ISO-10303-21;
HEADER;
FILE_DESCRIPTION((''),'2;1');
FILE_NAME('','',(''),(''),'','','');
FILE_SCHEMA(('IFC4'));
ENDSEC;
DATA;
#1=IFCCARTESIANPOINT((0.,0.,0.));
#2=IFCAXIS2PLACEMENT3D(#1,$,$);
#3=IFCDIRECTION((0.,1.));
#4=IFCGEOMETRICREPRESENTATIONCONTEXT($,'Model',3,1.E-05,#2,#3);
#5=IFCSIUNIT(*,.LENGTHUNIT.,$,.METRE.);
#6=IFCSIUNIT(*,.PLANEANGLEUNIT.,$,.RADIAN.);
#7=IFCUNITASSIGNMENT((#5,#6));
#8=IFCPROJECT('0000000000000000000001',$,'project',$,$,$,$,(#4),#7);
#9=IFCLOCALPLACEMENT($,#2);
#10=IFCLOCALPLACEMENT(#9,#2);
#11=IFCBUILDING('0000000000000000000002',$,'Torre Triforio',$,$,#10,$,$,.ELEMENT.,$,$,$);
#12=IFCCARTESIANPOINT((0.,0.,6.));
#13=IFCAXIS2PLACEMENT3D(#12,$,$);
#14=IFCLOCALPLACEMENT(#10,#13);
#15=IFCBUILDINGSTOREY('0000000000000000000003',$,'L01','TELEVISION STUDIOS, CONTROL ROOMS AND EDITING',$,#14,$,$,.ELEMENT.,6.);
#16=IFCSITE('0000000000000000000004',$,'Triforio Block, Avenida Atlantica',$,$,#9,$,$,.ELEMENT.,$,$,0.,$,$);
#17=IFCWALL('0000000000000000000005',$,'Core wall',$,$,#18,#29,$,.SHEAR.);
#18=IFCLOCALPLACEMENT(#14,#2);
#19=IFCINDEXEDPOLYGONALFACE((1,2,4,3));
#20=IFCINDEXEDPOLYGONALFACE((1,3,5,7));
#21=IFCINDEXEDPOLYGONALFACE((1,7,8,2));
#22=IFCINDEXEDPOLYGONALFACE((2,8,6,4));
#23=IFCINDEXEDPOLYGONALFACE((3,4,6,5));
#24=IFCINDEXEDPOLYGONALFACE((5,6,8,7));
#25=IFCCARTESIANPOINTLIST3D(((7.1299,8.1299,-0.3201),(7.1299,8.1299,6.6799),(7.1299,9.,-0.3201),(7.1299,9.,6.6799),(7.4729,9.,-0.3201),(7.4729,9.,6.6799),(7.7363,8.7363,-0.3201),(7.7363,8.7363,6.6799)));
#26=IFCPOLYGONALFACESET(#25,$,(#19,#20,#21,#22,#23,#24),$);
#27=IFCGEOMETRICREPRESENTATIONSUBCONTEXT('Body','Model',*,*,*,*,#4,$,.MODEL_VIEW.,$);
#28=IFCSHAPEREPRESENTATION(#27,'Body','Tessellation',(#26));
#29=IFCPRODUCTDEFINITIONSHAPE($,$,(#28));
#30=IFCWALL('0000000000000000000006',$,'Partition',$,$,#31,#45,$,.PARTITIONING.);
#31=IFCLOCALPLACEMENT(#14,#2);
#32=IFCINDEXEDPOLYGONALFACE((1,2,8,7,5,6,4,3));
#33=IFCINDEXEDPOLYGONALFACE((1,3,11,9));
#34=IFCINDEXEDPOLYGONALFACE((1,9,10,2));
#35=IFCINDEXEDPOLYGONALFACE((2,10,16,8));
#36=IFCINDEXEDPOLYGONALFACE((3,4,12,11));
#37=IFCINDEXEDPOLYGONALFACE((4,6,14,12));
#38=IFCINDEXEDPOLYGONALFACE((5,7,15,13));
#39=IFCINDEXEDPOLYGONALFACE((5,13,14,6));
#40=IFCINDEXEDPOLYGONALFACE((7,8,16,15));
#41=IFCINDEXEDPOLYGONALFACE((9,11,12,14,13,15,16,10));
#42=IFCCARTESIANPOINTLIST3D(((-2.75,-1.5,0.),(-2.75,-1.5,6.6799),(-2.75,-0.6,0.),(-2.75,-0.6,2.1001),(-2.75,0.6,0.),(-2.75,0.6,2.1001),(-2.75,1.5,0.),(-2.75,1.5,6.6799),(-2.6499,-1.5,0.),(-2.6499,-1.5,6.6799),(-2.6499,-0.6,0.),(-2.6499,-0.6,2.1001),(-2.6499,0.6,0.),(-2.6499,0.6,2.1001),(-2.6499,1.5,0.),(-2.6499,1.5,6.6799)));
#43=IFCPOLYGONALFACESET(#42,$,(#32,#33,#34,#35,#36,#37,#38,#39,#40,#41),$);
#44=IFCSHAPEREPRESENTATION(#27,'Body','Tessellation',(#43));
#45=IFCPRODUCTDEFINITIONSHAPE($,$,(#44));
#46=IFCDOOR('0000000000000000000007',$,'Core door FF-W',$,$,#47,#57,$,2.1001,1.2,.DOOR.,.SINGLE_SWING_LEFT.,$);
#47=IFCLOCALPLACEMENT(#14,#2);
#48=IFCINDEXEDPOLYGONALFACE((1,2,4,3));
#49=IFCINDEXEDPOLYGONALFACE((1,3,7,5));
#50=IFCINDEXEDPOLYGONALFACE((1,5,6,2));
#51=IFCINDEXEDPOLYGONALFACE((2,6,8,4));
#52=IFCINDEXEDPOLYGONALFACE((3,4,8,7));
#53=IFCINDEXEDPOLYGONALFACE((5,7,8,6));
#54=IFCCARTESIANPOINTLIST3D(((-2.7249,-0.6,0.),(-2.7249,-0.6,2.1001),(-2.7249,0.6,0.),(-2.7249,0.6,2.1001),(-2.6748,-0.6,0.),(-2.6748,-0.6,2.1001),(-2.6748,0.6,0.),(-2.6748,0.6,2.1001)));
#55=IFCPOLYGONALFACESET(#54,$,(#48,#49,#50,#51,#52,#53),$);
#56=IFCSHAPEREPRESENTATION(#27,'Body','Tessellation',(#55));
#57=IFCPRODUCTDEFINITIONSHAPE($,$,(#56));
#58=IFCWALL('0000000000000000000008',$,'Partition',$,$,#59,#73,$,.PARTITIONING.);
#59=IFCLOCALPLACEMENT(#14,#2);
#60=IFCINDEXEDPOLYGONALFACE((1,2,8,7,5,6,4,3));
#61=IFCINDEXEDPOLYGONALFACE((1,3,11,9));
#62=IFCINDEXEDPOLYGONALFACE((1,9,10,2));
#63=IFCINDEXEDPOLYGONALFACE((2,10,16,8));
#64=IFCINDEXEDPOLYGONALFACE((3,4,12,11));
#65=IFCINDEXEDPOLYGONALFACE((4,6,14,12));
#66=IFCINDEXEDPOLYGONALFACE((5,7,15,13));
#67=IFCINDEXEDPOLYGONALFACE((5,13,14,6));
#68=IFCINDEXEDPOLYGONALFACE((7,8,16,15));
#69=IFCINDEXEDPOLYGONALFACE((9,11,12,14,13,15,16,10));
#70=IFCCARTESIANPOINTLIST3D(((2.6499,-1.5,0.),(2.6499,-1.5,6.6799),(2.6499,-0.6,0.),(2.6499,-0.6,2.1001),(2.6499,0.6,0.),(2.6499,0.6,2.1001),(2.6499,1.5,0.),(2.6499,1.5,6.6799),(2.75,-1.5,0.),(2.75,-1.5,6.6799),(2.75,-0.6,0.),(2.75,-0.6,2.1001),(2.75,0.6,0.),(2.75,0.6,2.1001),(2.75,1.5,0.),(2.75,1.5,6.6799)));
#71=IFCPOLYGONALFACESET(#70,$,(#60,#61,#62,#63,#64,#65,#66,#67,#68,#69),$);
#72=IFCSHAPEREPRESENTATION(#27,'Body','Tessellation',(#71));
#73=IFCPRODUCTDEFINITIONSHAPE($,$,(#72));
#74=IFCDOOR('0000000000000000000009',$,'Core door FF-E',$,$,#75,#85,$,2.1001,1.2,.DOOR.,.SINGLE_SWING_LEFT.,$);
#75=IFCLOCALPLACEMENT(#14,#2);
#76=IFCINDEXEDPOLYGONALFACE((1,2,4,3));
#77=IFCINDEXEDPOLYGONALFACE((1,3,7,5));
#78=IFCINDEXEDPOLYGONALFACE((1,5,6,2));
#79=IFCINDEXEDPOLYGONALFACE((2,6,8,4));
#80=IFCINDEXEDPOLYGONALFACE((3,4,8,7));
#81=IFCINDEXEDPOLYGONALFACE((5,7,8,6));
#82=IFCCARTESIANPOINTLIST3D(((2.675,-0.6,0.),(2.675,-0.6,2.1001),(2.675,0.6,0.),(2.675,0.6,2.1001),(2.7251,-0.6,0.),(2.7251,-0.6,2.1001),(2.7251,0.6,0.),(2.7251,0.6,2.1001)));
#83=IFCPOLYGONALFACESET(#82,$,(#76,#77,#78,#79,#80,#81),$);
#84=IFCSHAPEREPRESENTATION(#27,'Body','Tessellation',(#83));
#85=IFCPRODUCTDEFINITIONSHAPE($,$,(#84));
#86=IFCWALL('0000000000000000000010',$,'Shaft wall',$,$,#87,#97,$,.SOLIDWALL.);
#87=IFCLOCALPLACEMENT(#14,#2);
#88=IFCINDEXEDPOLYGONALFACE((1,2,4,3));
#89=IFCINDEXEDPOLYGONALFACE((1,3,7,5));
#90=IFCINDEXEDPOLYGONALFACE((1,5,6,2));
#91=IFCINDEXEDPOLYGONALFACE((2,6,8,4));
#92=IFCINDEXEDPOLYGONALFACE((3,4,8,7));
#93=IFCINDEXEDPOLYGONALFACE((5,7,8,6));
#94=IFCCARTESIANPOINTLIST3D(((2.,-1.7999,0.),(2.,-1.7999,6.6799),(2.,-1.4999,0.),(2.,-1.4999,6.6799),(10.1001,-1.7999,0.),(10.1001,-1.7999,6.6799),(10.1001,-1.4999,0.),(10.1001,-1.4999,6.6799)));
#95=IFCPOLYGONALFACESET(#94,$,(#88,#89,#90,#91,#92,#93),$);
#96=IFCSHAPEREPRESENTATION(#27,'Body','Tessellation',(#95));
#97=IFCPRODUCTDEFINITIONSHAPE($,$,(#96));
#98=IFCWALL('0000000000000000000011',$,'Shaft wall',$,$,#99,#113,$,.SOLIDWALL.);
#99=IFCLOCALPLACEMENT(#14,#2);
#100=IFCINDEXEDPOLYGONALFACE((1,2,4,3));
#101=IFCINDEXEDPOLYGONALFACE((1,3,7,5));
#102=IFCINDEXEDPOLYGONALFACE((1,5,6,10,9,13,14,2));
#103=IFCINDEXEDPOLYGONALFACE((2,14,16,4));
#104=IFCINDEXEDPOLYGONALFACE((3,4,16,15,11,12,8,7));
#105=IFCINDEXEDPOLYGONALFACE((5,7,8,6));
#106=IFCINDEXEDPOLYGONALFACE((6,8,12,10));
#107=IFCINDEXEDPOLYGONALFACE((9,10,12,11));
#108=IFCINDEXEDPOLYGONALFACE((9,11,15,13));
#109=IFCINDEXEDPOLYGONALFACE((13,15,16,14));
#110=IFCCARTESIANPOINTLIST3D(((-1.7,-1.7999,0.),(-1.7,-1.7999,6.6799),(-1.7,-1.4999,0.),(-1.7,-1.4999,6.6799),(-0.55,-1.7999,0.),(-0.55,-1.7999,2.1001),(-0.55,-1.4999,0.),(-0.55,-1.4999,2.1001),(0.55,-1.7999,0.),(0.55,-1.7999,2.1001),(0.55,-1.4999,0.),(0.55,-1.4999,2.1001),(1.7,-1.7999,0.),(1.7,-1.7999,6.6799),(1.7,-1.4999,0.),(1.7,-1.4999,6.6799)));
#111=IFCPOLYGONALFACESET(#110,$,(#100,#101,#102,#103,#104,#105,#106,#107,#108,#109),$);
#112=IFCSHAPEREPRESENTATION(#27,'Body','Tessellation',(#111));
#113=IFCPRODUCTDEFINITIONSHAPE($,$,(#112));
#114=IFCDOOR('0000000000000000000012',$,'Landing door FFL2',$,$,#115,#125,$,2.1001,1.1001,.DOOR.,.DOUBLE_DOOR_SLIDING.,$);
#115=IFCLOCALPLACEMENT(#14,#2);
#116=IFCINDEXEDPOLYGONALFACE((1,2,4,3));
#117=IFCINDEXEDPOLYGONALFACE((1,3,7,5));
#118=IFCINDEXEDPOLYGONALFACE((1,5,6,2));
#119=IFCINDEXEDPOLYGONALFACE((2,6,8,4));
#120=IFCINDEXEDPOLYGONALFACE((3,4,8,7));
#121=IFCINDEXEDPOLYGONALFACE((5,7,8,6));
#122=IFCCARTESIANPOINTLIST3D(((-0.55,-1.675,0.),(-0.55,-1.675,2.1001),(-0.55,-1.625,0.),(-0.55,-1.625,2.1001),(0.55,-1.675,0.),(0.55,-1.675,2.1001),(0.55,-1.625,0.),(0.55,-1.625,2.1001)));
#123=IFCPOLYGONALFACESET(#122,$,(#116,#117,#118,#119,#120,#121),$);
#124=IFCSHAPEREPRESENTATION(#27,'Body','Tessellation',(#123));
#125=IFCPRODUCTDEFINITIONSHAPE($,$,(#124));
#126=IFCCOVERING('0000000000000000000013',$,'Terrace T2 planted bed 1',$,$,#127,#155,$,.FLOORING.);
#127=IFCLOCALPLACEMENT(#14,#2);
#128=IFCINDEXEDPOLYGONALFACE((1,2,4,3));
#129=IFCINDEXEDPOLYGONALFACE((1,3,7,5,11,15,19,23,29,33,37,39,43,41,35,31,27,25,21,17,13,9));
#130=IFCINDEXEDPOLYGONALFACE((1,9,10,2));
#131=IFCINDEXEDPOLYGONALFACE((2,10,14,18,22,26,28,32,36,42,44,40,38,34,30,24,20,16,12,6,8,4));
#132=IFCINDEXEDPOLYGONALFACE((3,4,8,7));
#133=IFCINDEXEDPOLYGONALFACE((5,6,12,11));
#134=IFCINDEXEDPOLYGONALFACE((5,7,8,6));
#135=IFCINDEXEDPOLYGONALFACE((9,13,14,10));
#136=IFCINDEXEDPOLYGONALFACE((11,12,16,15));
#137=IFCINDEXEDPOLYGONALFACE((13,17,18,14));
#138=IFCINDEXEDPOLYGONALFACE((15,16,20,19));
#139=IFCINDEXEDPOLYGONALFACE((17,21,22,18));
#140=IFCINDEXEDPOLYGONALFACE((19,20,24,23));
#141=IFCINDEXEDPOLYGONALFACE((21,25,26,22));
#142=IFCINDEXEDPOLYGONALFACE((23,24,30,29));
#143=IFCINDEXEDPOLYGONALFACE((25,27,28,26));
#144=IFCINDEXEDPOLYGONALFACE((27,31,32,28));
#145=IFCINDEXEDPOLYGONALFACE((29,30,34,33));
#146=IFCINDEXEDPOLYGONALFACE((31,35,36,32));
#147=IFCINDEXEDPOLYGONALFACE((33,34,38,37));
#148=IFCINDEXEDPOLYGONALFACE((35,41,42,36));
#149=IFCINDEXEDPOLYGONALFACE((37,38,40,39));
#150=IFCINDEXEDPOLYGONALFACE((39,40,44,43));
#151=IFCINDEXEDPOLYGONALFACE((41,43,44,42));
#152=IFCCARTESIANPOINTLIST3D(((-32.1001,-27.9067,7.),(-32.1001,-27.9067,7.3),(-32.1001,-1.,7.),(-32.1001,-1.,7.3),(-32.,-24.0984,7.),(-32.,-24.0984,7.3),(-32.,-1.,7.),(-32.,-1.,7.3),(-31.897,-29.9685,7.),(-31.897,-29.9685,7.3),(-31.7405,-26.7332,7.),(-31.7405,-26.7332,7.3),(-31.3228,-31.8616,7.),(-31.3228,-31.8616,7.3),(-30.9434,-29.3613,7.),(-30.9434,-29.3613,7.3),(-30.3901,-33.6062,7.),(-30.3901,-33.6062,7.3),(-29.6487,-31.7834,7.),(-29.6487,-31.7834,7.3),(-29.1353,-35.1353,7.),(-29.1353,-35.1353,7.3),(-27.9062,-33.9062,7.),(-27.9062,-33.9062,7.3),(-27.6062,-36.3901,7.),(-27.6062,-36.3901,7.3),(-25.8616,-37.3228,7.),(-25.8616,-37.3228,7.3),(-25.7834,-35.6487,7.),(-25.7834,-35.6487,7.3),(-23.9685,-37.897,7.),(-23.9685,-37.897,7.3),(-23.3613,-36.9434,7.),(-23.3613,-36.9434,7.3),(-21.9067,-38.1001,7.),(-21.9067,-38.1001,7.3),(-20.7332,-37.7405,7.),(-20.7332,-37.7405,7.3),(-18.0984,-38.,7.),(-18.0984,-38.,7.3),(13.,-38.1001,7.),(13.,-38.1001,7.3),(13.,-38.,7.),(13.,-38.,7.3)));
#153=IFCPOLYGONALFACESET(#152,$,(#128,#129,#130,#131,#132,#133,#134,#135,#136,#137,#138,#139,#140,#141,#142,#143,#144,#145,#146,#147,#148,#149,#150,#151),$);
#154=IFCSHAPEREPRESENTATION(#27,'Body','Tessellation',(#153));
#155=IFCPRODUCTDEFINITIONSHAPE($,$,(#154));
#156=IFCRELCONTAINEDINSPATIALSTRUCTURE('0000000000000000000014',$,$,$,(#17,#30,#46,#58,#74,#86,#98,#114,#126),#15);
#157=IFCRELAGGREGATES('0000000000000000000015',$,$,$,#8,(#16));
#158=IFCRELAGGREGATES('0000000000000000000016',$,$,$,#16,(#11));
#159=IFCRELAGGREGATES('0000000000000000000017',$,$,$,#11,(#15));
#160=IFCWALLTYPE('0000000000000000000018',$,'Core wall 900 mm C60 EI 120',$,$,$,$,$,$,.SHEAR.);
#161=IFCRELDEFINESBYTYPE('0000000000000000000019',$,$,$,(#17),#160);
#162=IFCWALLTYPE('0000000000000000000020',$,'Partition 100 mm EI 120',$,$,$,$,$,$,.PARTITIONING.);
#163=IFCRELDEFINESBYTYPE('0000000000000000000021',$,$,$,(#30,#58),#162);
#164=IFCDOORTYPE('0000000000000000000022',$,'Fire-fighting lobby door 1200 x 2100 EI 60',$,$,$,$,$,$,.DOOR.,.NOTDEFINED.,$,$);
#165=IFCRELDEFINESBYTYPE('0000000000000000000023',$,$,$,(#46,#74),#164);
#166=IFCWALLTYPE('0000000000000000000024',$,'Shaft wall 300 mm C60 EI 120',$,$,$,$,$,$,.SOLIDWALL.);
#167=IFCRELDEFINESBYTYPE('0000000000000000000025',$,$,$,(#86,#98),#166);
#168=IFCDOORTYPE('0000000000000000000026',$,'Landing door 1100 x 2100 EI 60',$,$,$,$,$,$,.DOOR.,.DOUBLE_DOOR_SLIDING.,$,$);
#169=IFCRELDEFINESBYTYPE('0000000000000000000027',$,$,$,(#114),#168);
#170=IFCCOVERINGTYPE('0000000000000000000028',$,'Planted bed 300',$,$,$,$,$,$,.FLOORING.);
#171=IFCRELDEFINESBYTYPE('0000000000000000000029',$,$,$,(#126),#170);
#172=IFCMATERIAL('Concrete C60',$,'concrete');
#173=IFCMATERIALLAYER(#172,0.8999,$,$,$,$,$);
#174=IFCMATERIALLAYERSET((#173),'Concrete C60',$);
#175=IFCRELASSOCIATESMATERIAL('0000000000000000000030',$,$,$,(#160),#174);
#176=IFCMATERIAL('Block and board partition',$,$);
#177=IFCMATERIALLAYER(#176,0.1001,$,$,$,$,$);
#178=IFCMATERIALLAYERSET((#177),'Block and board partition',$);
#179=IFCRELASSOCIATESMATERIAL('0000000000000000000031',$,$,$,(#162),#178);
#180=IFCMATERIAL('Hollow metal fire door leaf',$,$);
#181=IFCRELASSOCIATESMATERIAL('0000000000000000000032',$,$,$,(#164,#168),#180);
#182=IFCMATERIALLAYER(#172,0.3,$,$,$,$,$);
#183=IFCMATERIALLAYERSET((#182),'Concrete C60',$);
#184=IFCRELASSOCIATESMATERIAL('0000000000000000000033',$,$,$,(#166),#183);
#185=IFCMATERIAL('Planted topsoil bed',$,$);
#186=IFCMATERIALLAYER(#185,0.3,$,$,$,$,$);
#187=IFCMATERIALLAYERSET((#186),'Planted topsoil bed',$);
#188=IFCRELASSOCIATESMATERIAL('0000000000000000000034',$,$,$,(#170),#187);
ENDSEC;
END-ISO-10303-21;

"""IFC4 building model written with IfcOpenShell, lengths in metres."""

from ifc_helpers import new_model, si_unit, direction, frame, frame_2d, origin, place, context, subcontext, project, spatial, polyline, rectangle, outline, extrude, material, layer, layer_set, type_object, element, fill, save


model = new_model("IFC4")

# Units and contexts
model_context = context("Model", 3, precision=1e-05, world=origin(), true_north=direction((0.0, 1.0)))
body_context = subcontext(model_context, "Body", "Model", "MODEL_VIEW")
ifc_project = project(units=[si_unit("LENGTHUNIT", "METRE"), si_unit("PLANEANGLEUNIT", "RADIAN")], contexts=[model_context])

# Site, building, storey
site_placement = place(None, origin())
site = spatial("IfcSite", under=ifc_project, at=site_placement, Name="Triforio Block, Avenida Atlantica", CompositionType="ELEMENT", RefElevation=0.0)
building_placement = place(site_placement, origin())
building = spatial("IfcBuilding", under=site, at=building_placement, Name="Torre Triforio", CompositionType="ELEMENT")
storey_placement = place(building_placement, frame((0.0, 0.0, 6.0)))
storey = spatial("IfcBuildingStorey", under=building, at=storey_placement, Name="L01", Description="TELEVISION STUDIOS, CONTROL ROOMS AND EDITING", CompositionType="ELEMENT", Elevation=6.0)

# Shared definitions
ifc_material_1 = material(Name="Concrete C60", Category="concrete")

# Wall
ifc_layer_1 = layer(ifc_material_1, 0.8999)
ifc_layer_set_1 = layer_set([ifc_layer_1], Name="Concrete C60")
wall_type_1 = type_object("IfcWallType", Name="Core wall 900 mm C60 EI 120", PredefinedType="SHEAR", material=ifc_layer_set_1)
wall_1_placement = place(storey_placement, frame((0.0, 0.0, -0.3201)))
element("IfcWall", 1, at=wall_1_placement, inside=storey, type_object=wall_type_1, Name="Core wall", PredefinedType="SHEAR", context=body_context, shape_type="SweptSolid", body=[
    extrude(outline(polyline([(7.4729, 9.0), (7.7363, 8.7363), (7.1299, 8.1299), (7.1299, 9.0), (7.4729, 9.0)])), origin(), (0.0, 0.0, 1.0), 7.0),
])

# Walls, openings, doors
ifc_material_2 = material(Name="Block and board partition")
ifc_layer_2 = layer(ifc_material_2, 0.1001)
ifc_layer_set_2 = layer_set([ifc_layer_2], Name="Block and board partition")
wall_type_2 = type_object("IfcWallType", Name="Partition 100 mm EI 120", PredefinedType="PARTITIONING", material=ifc_layer_set_2)
wall_2_placement = place(storey_placement, frame((-2.7, -1.5, 0.0), z_axis=(0.0, 0.0, 1.0), x_axis=(0.0, 1.0, 0.0)))
wall_2 = element("IfcWall", 2, at=wall_2_placement, inside=storey, type_object=wall_type_2, Name="Partition", PredefinedType="PARTITIONING", context=body_context, shape_type="SweptSolid", body=[
    extrude(rectangle(XDim=3.0, YDim=0.1001, at=frame_2d((1.5, 0.0))), origin(), (0.0, 0.0, 1.0), 6.6799),
])
opening_1_placement = place(wall_2_placement, frame((0.8999, 0.0, 0.0)))
opening_1 = element("IfcOpeningElement", 3, at=opening_1_placement, cuts=wall_2, PredefinedType="OPENING", context=body_context, shape_type="SweptSolid", body=[
    extrude(rectangle(XDim=1.2, YDim=2.1001, at=frame_2d((0.6001, 1.05))), frame((0.0, 0.0601, 0.0), z_axis=(0.0, -1.0, 0.0), x_axis=(1.0, 0.0, 0.0)), (0.0, 0.0, 1.0), 0.1201),
])
ifc_material_3 = material(Name="Hollow metal fire door leaf")
door_type_1 = type_object("IfcDoorType", Name="Fire-fighting lobby door 1200 x 2100 EI 60", OperationType="NOTDEFINED", PredefinedType="DOOR", material=ifc_material_3)
door_1_placement = place(opening_1_placement, origin())
door_1 = element("IfcDoor", 4, at=door_1_placement, inside=storey, type_object=door_type_1, Name="Core door FF-W", OperationType="SINGLE_SWING_LEFT", OverallHeight=2.1001, OverallWidth=1.2, PredefinedType="DOOR", context=body_context, shape_type="SweptSolid", body=[
    extrude(rectangle(XDim=1.2, YDim=2.1001, at=frame_2d((0.6001, 1.05))), frame((0.0, 0.0249, 0.0), z_axis=(0.0, -1.0, 0.0), x_axis=(1.0, 0.0, 0.0)), (0.0, 0.0, 1.0), 0.05),
])
fill(opening_1, door_1)
wall_3_placement = place(storey_placement, frame((2.7, -1.5, 0.0), z_axis=(0.0, 0.0, 1.0), x_axis=(0.0, 1.0, 0.0)))
wall_3 = element("IfcWall", 5, at=wall_3_placement, inside=storey, type_object=wall_type_2, Name="Partition", PredefinedType="PARTITIONING", context=body_context, shape_type="SweptSolid", body=[
    extrude(rectangle(XDim=3.0, YDim=0.1001, at=frame_2d((1.5, 0.0))), origin(), (0.0, 0.0, 1.0), 6.6799),
])
opening_2_placement = place(wall_3_placement, frame((0.8999, 0.0, 0.0)))
opening_2 = element("IfcOpeningElement", 6, at=opening_2_placement, cuts=wall_3, PredefinedType="OPENING", context=body_context, shape_type="SweptSolid", body=[
    extrude(rectangle(XDim=1.2, YDim=2.1001, at=frame_2d((0.6001, 1.05))), frame((0.0, 0.0601, 0.0), z_axis=(0.0, -1.0, 0.0), x_axis=(1.0, 0.0, 0.0)), (0.0, 0.0, 1.0), 0.1201),
])
door_2_placement = place(opening_2_placement, origin())
door_2 = element("IfcDoor", 7, at=door_2_placement, inside=storey, type_object=door_type_1, Name="Core door FF-E", OperationType="SINGLE_SWING_LEFT", OverallHeight=2.1001, OverallWidth=1.2, PredefinedType="DOOR", context=body_context, shape_type="SweptSolid", body=[
    extrude(rectangle(XDim=1.2, YDim=2.1001, at=frame_2d((0.6001, 1.05))), frame((0.0, 0.0249, 0.0), z_axis=(0.0, -1.0, 0.0), x_axis=(1.0, 0.0, 0.0)), (0.0, 0.0, 1.0), 0.05),
])
fill(opening_2, door_2)

# Wall
ifc_layer_3 = layer(ifc_material_1, 0.3)
ifc_layer_set_3 = layer_set([ifc_layer_3], Name="Concrete C60")
wall_type_3 = type_object("IfcWallType", Name="Shaft wall 300 mm C60 EI 120", PredefinedType="SOLIDWALL", material=ifc_layer_set_3)
wall_4_placement = place(storey_placement, frame((2.0, -1.6499, 0.0), z_axis=(0.0, 0.0, 1.0), x_axis=(1.0, 0.0, 0.0)))
element("IfcWall", 8, at=wall_4_placement, inside=storey, type_object=wall_type_3, Name="Shaft wall", PredefinedType="SOLIDWALL", context=body_context, shape_type="SweptSolid", body=[
    extrude(rectangle(XDim=8.1001, YDim=0.3, at=frame_2d((4.05, 0.0))), origin(), (0.0, 0.0, 1.0), 6.6799),
])

# Wall, opening, door
wall_5_placement = place(storey_placement, frame((-1.7, -1.6499, 0.0), z_axis=(0.0, 0.0, 1.0), x_axis=(1.0, 0.0, 0.0)))
wall_5 = element("IfcWall", 9, at=wall_5_placement, inside=storey, type_object=wall_type_3, Name="Shaft wall", PredefinedType="SOLIDWALL", context=body_context, shape_type="SweptSolid", body=[
    extrude(rectangle(XDim=3.3999, YDim=0.3, at=frame_2d((1.7, 0.0))), origin(), (0.0, 0.0, 1.0), 6.6799),
])
opening_3_placement = place(wall_5_placement, frame((1.1499, 0.0, 0.0)))
opening_3 = element("IfcOpeningElement", 10, at=opening_3_placement, cuts=wall_5, PredefinedType="OPENING", context=body_context, shape_type="SweptSolid", body=[
    extrude(rectangle(XDim=1.1001, YDim=2.1001, at=frame_2d((0.55, 1.05))), frame((0.0, 0.1599, 0.0), z_axis=(0.0, -1.0, 0.0), x_axis=(1.0, 0.0, 0.0)), (0.0, 0.0, 1.0), 0.3201),
])
door_type_2 = type_object("IfcDoorType", Name="Landing door 1100 x 2100 EI 60", OperationType="DOUBLE_DOOR_SLIDING", PredefinedType="DOOR", material=ifc_material_3)
door_3_placement = place(opening_3_placement, origin())
door_3 = element("IfcDoor", 11, at=door_3_placement, inside=storey, type_object=door_type_2, Name="Landing door FFL2", OperationType="DOUBLE_DOOR_SLIDING", OverallHeight=2.1001, OverallWidth=1.1001, PredefinedType="DOOR", context=body_context, shape_type="SweptSolid", body=[
    extrude(rectangle(XDim=1.1001, YDim=2.1001, at=frame_2d((0.55, 1.05))), frame((0.0, 0.0249, 0.0), z_axis=(0.0, -1.0, 0.0), x_axis=(1.0, 0.0, 0.0)), (0.0, 0.0, 1.0), 0.05),
])
fill(opening_3, door_3)

# Covering
ifc_material_4 = material(Name="Planted topsoil bed")
ifc_layer_4 = layer(ifc_material_4, 0.3)
ifc_layer_set_4 = layer_set([ifc_layer_4], Name="Planted topsoil bed")
covering_type = type_object("IfcCoveringType", Name="Planted bed 300", PredefinedType="FLOORING", material=ifc_layer_set_4)
covering_1_placement = place(storey_placement, frame((0.0, 0.0, 7.0)))
element("IfcCovering", 12, at=covering_1_placement, inside=storey, type_object=covering_type, Name="Terrace T2 planted bed 1", PredefinedType="FLOORING", context=body_context, shape_type="SweptSolid", body=[
    extrude(outline(polyline([(-25.8616, -37.3228), (-27.6062, -36.3901), (-29.1353, -35.1353), (-30.3901, -33.6062), (-31.3228, -31.8616), (-31.897, -29.9685), (-32.1001, -27.9067), (-32.1001, -1.0), (-32.0, -1.0), (-32.0, -24.0984), (-31.7405, -26.7332), (-30.9434, -29.3613), (-29.6487, -31.7834), (-27.9062, -33.9062), (-25.7834, -35.6487), (-23.3613, -36.9434), (-20.7332, -37.7405), (-18.0984, -38.0), (13.0, -38.0), (13.0, -38.1001), (-21.9067, -38.1001), (-23.9685, -37.897), (-25.8616, -37.3228)])), origin(), (0.0, 0.0, 1.0), 0.3),
])

save(model, "model.ifc")
